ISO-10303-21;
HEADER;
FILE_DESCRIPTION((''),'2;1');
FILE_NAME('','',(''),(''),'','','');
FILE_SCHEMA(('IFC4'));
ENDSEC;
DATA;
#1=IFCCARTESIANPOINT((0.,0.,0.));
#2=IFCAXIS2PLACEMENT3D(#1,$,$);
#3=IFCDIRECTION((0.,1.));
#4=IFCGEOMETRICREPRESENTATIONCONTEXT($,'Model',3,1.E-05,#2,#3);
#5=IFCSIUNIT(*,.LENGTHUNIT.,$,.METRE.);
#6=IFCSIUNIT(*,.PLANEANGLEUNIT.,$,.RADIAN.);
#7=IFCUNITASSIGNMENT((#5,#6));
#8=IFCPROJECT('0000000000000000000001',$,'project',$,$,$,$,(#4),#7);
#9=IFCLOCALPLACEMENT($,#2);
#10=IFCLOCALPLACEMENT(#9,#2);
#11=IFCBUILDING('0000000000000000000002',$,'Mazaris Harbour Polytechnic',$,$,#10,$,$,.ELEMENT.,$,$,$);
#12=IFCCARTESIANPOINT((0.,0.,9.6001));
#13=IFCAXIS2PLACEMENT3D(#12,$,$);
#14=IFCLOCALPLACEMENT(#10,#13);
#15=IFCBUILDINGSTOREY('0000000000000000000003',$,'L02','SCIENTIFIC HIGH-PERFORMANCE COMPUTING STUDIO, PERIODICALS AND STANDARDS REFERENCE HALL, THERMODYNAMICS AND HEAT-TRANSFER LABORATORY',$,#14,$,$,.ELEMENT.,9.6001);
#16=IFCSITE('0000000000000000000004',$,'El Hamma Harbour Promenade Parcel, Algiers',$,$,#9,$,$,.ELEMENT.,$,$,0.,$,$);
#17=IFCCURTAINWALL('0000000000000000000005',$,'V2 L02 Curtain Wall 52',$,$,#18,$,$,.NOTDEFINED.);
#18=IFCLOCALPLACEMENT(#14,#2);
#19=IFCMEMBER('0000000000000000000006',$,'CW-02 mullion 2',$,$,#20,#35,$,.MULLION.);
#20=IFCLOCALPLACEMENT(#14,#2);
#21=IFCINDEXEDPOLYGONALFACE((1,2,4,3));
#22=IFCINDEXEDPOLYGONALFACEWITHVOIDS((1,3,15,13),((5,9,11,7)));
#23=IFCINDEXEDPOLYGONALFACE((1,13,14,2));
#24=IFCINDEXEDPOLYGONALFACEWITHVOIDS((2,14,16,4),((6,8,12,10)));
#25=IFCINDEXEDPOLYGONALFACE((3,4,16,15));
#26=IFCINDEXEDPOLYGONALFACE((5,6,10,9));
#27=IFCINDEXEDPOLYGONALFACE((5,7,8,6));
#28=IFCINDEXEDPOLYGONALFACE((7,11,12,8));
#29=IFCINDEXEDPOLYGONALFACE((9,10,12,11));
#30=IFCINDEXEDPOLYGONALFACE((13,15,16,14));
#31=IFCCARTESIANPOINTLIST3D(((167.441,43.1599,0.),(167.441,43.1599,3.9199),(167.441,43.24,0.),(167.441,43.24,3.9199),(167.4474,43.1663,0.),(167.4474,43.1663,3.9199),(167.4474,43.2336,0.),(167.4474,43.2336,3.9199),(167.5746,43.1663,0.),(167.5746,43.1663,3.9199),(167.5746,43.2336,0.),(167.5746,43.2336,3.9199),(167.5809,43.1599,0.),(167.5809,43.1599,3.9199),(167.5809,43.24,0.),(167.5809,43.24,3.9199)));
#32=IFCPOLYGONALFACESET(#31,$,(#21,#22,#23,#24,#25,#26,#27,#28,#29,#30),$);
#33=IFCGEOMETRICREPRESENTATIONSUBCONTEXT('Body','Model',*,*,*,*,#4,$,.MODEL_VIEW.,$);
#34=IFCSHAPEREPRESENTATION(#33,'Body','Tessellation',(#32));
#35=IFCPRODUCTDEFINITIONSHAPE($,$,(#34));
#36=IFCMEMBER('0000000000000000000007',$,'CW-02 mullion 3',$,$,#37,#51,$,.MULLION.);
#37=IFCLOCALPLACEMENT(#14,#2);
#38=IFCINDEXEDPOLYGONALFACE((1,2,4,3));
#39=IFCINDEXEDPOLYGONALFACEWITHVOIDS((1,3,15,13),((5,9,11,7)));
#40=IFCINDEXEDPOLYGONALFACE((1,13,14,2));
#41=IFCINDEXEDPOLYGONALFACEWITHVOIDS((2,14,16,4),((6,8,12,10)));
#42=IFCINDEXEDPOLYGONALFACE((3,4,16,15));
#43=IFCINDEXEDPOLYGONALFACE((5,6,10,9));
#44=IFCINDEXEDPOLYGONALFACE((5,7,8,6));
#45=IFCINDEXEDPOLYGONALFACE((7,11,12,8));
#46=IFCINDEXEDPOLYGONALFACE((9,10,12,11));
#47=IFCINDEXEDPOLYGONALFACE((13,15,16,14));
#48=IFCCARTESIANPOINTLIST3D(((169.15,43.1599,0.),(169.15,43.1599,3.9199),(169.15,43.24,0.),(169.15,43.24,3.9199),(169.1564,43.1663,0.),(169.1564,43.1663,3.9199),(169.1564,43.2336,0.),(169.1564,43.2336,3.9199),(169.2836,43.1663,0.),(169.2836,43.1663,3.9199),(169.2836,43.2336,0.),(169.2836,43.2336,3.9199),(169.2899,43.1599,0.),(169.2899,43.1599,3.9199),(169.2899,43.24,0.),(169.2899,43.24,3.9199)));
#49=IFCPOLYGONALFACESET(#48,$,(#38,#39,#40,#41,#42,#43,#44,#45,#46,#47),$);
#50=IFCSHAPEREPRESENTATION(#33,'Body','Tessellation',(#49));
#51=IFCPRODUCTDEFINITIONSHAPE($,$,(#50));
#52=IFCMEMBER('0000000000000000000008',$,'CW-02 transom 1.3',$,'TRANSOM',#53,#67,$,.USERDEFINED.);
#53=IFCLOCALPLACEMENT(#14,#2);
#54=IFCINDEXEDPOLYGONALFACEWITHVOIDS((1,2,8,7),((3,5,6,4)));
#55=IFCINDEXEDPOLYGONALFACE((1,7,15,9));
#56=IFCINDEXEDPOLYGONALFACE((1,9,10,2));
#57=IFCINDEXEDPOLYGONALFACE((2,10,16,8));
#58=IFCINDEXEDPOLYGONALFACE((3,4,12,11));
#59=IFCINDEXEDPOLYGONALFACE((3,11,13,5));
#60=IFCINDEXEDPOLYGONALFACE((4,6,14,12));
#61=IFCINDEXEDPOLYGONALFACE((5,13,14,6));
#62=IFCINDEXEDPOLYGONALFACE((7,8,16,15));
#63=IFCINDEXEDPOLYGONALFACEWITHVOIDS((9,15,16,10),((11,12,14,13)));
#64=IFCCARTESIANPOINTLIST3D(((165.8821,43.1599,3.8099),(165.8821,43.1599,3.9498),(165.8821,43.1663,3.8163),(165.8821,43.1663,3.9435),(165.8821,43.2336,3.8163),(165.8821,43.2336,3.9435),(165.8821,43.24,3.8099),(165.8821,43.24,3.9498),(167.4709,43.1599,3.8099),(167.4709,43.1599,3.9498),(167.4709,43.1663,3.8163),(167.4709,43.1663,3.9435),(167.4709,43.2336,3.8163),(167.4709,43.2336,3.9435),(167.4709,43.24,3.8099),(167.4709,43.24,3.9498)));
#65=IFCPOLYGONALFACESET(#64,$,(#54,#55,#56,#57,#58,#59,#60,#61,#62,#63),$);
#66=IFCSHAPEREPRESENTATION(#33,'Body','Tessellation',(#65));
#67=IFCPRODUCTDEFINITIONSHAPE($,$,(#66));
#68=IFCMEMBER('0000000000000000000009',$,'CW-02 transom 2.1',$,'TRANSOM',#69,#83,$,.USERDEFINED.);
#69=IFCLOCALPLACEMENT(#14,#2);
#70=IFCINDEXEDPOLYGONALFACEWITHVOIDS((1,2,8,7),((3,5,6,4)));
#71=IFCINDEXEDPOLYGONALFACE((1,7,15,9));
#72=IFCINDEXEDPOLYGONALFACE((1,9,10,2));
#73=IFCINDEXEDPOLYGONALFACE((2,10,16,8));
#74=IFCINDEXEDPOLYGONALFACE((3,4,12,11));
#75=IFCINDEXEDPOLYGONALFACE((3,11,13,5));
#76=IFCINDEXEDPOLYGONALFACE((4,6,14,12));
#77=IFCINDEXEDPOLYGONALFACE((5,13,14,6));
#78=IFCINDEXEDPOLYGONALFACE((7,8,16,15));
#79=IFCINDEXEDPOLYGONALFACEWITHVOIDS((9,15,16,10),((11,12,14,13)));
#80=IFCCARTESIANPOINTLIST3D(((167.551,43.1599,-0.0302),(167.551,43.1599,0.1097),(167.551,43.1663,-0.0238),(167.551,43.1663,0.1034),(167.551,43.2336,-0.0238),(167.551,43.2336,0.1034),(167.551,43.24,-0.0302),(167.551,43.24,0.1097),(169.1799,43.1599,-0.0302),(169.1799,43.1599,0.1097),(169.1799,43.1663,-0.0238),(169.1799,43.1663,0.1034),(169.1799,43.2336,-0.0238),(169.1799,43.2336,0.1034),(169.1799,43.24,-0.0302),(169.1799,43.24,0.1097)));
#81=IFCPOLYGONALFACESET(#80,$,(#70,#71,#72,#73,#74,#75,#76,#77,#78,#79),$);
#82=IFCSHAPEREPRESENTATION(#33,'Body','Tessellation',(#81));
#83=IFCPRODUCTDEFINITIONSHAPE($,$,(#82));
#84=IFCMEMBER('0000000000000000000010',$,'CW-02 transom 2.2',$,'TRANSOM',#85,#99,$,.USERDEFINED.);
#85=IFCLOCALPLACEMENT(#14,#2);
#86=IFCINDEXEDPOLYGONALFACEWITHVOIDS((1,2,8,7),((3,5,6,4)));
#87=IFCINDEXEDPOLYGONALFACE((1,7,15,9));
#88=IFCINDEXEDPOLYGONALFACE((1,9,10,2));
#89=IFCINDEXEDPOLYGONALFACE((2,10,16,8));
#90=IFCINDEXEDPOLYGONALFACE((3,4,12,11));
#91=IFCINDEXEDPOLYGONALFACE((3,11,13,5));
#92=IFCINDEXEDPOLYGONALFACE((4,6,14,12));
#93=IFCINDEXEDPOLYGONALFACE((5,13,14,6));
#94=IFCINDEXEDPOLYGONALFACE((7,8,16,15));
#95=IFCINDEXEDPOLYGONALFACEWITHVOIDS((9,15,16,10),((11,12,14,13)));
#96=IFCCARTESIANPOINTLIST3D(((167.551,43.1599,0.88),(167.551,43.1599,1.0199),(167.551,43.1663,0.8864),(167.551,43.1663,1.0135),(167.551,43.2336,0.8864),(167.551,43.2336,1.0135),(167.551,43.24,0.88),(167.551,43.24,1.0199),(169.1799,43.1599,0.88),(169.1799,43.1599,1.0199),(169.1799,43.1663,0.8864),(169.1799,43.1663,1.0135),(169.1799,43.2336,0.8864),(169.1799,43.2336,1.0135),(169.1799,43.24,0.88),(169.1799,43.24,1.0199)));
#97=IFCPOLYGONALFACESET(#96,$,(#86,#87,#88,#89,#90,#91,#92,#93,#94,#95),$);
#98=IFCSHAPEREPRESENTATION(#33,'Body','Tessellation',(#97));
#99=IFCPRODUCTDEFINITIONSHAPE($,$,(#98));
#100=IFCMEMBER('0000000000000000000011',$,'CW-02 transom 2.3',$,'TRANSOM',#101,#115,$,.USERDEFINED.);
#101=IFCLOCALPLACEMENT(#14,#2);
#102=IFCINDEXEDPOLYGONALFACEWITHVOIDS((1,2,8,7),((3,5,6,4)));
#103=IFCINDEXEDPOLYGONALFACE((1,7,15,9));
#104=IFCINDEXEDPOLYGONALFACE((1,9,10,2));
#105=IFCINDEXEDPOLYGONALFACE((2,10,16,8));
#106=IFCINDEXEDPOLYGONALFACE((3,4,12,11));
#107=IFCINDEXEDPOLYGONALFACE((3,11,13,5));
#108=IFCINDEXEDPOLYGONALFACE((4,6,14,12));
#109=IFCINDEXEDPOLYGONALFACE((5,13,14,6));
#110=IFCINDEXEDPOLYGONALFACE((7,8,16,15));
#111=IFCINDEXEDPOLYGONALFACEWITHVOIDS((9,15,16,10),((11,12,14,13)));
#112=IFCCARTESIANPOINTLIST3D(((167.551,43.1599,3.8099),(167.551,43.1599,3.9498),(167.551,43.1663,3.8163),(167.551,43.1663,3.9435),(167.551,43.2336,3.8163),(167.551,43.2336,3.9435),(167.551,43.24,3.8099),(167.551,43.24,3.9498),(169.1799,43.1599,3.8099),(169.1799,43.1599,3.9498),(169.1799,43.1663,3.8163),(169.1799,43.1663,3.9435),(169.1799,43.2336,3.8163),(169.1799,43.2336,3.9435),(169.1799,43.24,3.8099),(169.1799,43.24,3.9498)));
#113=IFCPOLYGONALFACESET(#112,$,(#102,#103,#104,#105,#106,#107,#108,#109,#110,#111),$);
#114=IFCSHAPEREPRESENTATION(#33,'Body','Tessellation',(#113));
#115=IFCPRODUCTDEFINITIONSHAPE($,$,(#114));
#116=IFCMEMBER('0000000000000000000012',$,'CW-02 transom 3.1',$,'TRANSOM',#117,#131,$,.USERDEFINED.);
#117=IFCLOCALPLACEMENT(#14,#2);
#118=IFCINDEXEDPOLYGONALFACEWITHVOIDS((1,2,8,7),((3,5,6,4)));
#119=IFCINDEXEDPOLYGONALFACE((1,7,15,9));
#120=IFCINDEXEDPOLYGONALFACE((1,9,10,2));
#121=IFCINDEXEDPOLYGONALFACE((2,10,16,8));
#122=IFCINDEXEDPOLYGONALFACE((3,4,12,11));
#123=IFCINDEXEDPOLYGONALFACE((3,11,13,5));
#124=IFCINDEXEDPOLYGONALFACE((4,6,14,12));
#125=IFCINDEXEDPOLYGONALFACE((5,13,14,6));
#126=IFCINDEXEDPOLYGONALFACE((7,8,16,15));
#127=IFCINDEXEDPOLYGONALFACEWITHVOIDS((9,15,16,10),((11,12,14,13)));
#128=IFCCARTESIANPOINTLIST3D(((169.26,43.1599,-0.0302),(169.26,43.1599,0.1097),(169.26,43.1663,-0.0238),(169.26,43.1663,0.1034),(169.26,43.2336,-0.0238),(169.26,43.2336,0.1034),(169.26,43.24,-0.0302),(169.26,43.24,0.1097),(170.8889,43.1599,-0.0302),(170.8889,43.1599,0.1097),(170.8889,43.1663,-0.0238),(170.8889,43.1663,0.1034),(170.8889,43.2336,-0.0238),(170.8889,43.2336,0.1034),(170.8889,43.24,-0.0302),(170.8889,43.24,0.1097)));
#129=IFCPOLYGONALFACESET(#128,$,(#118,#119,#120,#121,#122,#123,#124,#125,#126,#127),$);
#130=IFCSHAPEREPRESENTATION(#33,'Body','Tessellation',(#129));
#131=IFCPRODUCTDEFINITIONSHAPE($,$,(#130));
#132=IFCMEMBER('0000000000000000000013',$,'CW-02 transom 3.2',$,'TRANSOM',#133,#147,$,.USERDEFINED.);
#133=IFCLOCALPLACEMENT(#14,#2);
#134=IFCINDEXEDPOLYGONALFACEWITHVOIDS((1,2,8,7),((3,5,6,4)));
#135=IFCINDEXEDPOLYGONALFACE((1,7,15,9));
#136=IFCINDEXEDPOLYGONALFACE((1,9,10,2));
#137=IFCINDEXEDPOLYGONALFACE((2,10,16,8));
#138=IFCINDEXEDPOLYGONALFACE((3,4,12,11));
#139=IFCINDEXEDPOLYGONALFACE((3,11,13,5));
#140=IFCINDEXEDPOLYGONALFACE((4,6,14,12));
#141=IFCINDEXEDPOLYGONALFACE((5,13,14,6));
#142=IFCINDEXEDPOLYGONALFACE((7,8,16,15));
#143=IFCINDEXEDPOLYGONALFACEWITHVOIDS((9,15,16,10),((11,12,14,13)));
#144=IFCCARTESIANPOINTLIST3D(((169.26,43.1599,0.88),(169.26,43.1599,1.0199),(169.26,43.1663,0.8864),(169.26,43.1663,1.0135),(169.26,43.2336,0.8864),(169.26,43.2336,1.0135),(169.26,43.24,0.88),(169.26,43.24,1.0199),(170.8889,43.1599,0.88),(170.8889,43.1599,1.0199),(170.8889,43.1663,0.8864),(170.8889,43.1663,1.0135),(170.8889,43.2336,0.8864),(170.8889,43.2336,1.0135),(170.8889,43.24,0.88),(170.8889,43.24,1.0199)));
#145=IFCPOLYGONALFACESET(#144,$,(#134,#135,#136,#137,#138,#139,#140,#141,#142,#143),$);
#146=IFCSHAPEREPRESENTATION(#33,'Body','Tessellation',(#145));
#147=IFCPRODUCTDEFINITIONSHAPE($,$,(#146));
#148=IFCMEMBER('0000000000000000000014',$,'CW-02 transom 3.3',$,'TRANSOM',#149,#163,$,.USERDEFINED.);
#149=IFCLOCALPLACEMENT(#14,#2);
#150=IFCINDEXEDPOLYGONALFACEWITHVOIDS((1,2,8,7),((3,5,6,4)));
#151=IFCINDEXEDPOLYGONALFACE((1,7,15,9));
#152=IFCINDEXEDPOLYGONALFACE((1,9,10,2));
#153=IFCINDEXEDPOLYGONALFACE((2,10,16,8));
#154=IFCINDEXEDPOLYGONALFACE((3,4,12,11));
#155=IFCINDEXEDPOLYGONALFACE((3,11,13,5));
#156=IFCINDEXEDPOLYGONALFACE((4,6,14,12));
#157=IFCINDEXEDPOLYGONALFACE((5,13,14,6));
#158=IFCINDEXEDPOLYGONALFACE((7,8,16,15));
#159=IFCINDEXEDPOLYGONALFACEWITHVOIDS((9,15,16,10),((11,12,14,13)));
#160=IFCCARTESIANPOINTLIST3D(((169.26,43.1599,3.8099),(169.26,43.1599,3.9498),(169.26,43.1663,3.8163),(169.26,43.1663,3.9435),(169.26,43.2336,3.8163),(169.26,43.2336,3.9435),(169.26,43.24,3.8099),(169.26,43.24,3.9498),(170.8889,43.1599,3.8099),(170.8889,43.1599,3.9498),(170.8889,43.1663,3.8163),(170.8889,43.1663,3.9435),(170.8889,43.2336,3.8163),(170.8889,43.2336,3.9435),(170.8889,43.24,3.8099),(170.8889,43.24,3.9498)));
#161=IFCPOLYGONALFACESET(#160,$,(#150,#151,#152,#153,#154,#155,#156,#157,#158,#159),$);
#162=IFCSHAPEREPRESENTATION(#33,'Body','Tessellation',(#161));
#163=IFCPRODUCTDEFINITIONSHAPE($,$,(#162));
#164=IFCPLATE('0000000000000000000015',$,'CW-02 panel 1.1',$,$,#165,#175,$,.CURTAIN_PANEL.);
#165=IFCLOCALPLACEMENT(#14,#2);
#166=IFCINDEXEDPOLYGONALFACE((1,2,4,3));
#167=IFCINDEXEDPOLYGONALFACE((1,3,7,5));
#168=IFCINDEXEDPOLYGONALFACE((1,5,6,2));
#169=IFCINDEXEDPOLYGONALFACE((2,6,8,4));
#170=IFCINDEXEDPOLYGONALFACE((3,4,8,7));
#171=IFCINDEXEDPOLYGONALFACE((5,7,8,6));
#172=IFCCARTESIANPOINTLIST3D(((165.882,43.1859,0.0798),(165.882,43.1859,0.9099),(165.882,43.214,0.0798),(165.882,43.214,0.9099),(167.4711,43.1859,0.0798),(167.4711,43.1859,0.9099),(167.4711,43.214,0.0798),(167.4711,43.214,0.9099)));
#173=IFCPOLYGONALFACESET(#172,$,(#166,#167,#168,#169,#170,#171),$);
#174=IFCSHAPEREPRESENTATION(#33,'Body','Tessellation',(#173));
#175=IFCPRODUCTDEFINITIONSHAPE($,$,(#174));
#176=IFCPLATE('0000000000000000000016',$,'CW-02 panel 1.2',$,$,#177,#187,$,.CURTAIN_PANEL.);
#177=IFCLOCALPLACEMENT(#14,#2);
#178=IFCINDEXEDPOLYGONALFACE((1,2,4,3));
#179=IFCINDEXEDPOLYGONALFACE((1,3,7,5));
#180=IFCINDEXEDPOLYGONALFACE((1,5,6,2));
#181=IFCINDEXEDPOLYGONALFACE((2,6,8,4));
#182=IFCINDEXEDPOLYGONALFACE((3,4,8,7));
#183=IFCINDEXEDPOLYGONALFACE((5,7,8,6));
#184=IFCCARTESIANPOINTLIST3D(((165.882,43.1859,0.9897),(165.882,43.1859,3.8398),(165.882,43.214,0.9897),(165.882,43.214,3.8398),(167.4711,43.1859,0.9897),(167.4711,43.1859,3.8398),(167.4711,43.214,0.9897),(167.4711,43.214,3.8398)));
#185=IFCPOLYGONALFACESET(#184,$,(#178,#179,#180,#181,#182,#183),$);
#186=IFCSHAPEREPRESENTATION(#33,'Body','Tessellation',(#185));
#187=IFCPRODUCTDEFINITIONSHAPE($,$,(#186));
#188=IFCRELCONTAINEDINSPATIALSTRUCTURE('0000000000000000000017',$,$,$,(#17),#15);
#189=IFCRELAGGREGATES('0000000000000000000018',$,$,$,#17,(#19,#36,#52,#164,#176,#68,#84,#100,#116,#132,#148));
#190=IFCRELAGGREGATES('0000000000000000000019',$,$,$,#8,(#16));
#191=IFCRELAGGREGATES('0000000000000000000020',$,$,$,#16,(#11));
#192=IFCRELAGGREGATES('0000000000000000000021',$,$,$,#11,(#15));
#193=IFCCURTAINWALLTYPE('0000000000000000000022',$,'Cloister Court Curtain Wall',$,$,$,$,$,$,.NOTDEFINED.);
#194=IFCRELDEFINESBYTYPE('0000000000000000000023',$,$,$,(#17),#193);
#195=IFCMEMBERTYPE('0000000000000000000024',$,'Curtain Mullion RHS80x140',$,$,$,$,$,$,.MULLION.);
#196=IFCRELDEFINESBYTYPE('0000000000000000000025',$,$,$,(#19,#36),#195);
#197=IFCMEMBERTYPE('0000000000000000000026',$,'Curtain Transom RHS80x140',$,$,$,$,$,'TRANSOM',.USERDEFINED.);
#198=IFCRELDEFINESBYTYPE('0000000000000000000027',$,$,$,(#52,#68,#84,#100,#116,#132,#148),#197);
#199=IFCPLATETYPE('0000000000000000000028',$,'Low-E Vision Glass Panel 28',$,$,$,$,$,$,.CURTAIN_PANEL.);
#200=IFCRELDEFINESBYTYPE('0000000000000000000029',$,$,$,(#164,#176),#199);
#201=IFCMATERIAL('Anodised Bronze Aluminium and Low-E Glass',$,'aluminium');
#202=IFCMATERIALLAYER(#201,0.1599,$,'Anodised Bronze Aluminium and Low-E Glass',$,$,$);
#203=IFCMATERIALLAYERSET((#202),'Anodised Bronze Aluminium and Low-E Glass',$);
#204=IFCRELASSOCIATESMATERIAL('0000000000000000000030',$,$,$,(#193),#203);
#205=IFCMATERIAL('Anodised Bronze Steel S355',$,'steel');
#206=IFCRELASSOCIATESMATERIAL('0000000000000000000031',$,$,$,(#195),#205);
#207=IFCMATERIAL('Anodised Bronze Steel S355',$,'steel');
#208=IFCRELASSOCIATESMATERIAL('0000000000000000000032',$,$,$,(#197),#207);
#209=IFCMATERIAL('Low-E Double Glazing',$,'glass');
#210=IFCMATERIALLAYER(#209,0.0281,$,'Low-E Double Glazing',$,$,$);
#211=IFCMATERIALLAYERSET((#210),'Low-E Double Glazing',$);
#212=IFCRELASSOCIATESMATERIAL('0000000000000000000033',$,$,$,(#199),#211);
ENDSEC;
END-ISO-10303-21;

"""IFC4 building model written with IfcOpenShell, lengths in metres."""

from ifc_helpers import new_model, si_unit, direction, frame, origin, origin_2d, place, context, subcontext, project, spatial, rectangle, hollow_rectangle, extrude, material, layer, layer_set, material_profile, profile_set, type_object, element, aggregate, save


model = new_model("IFC4")

# Units and contexts
model_context = context("Model", 3, precision=1e-05, world=origin(), true_north=direction((0.0, 1.0)))
body_context = subcontext(model_context, "Body", "Model", "MODEL_VIEW")
ifc_project = project(units=[si_unit("LENGTHUNIT", "METRE"), si_unit("PLANEANGLEUNIT", "RADIAN")], contexts=[model_context])

# Site, building, storey
site_placement = place(None, origin())
site = spatial("IfcSite", under=ifc_project, at=site_placement, Name="El Hamma Harbour Promenade Parcel, Algiers", CompositionType="ELEMENT", RefElevation=0.0)
building_placement = place(site_placement, origin())
building = spatial("IfcBuilding", under=site, at=building_placement, Name="Mazaris Harbour Polytechnic", CompositionType="ELEMENT")
storey_placement = place(building_placement, frame((0.0, 0.0, 9.6001)))
storey = spatial("IfcBuildingStorey", under=building, at=storey_placement, Name="L02", Description="SCIENTIFIC HIGH-PERFORMANCE COMPUTING STUDIO, PERIODICALS AND STANDARDS REFERENCE HALL, THERMODYNAMICS AND HEAT-TRANSFER LABORATORY", CompositionType="ELEMENT", Elevation=9.6001)

# Curtain wall, members, plates
ifc_material_1 = material(Name="Anodised Bronze Aluminium and Low-E Glass", Category="aluminium")
ifc_layer_1 = layer(ifc_material_1, 0.1599, Name="Anodised Bronze Aluminium and Low-E Glass")
ifc_layer_set_1 = layer_set([ifc_layer_1], Name="Anodised Bronze Aluminium and Low-E Glass")
curtain_wall_type = type_object("IfcCurtainWallType", Name="Cloister Court Curtain Wall", PredefinedType="NOTDEFINED", material=ifc_layer_set_1)
curtain_wall_placement = place(storey_placement, origin())
curtain_wall = element("IfcCurtainWall", 1, at=curtain_wall_placement, inside=storey, type_object=curtain_wall_type, Name="V2 L02 Curtain Wall 52", PredefinedType="NOTDEFINED")
ifc_material_2 = material(Name="Anodised Bronze Steel S355", Category="steel")
ifc_material_profile_1 = material_profile(ifc_material_2, hollow_rectangle(XDim=0.0801, YDim=0.1399, WallThickness=0.0063, at=origin_2d()), Name="RHS 80x140x6.3")
ifc_profile_set_1 = profile_set([ifc_material_profile_1], Name="Anodised Bronze Steel S355")
member_type_1 = type_object("IfcMemberType", Name="Curtain Mullion RHS80x140", PredefinedType="MULLION", material=ifc_profile_set_1)
member_1_placement = place(storey_placement, frame((167.511, 43.2, 0.0), z_axis=(0.0, 0.0, 1.0), x_axis=(0.0, 1.0, 0.0)))
member_1 = element("IfcMember", 2, at=member_1_placement, type_object=member_type_1, Name="CW-02 mullion 2", PredefinedType="MULLION", context=body_context, shape_type="SweptSolid", body=[
    extrude(hollow_rectangle(XDim=0.0801, YDim=0.1399, WallThickness=0.0063, at=origin_2d()), origin(), (0.0, 0.0, 1.0), 3.9199),
])
member_2_placement = place(storey_placement, frame((169.22, 43.2, 0.0), z_axis=(0.0, 0.0, 1.0), x_axis=(0.0, 1.0, 0.0)))
member_2 = element("IfcMember", 3, at=member_2_placement, type_object=member_type_1, Name="CW-02 mullion 3", PredefinedType="MULLION", context=body_context, shape_type="SweptSolid", body=[
    extrude(hollow_rectangle(XDim=0.0801, YDim=0.1399, WallThickness=0.0063, at=origin_2d()), origin(), (0.0, 0.0, 1.0), 3.9199),
])
ifc_material_3 = material(Name="Anodised Bronze Steel S355", Category="steel")
ifc_material_profile_2 = material_profile(ifc_material_3, hollow_rectangle(XDim=0.0801, YDim=0.1399, WallThickness=0.0063, at=origin_2d()), Name="RHS 80x140x6.3")
ifc_profile_set_2 = profile_set([ifc_material_profile_2], Name="Anodised Bronze Steel S355")
member_type_2 = type_object("IfcMemberType", Name="Curtain Transom RHS80x140", ElementType="TRANSOM", PredefinedType="USERDEFINED", material=ifc_profile_set_2)
member_3_placement = place(storey_placement, frame((165.8821, 43.2, 3.8799), z_axis=(1.0, 0.0, 0.0), x_axis=(0.0, 1.0, 0.0)))
member_3 = element("IfcMember", 4, at=member_3_placement, type_object=member_type_2, Name="CW-02 transom 1.3", ObjectType="TRANSOM", PredefinedType="USERDEFINED", context=body_context, shape_type="SweptSolid", body=[
    extrude(hollow_rectangle(XDim=0.0801, YDim=0.1399, WallThickness=0.0063, at=origin_2d()), origin(), (0.0, 0.0, 1.0), 1.5889),
])
member_4_placement = place(storey_placement, frame((167.551, 43.2, 0.0398), z_axis=(1.0, 0.0, 0.0), x_axis=(0.0, 1.0, 0.0)))
member_4 = element("IfcMember", 5, at=member_4_placement, type_object=member_type_2, Name="CW-02 transom 2.1", ObjectType="TRANSOM", PredefinedType="USERDEFINED", context=body_context, shape_type="SweptSolid", body=[
    extrude(hollow_rectangle(XDim=0.0801, YDim=0.1399, WallThickness=0.0063, at=origin_2d()), origin(), (0.0, 0.0, 1.0), 1.6289),
])
member_5_placement = place(storey_placement, frame((167.551, 43.2, 0.95), z_axis=(1.0, 0.0, 0.0), x_axis=(0.0, 1.0, 0.0)))
member_5 = element("IfcMember", 6, at=member_5_placement, type_object=member_type_2, Name="CW-02 transom 2.2", ObjectType="TRANSOM", PredefinedType="USERDEFINED", context=body_context, shape_type="SweptSolid", body=[
    extrude(hollow_rectangle(XDim=0.0801, YDim=0.1399, WallThickness=0.0063, at=origin_2d()), origin(), (0.0, 0.0, 1.0), 1.6289),
])
member_6_placement = place(storey_placement, frame((167.551, 43.2, 3.8799), z_axis=(1.0, 0.0, 0.0), x_axis=(0.0, 1.0, 0.0)))
member_6 = element("IfcMember", 7, at=member_6_placement, type_object=member_type_2, Name="CW-02 transom 2.3", ObjectType="TRANSOM", PredefinedType="USERDEFINED", context=body_context, shape_type="SweptSolid", body=[
    extrude(hollow_rectangle(XDim=0.0801, YDim=0.1399, WallThickness=0.0063, at=origin_2d()), origin(), (0.0, 0.0, 1.0), 1.6289),
])
member_7_placement = place(storey_placement, frame((169.26, 43.2, 0.0398), z_axis=(1.0, 0.0, 0.0), x_axis=(0.0, 1.0, 0.0)))
member_7 = element("IfcMember", 8, at=member_7_placement, type_object=member_type_2, Name="CW-02 transom 3.1", ObjectType="TRANSOM", PredefinedType="USERDEFINED", context=body_context, shape_type="SweptSolid", body=[
    extrude(hollow_rectangle(XDim=0.0801, YDim=0.1399, WallThickness=0.0063, at=origin_2d()), origin(), (0.0, 0.0, 1.0), 1.6289),
])
member_8_placement = place(storey_placement, frame((169.26, 43.2, 0.95), z_axis=(1.0, 0.0, 0.0), x_axis=(0.0, 1.0, 0.0)))
member_8 = element("IfcMember", 9, at=member_8_placement, type_object=member_type_2, Name="CW-02 transom 3.2", ObjectType="TRANSOM", PredefinedType="USERDEFINED", context=body_context, shape_type="SweptSolid", body=[
    extrude(hollow_rectangle(XDim=0.0801, YDim=0.1399, WallThickness=0.0063, at=origin_2d()), origin(), (0.0, 0.0, 1.0), 1.6289),
])
member_9_placement = place(storey_placement, frame((169.26, 43.2, 3.8799), z_axis=(1.0, 0.0, 0.0), x_axis=(0.0, 1.0, 0.0)))
member_9 = element("IfcMember", 10, at=member_9_placement, type_object=member_type_2, Name="CW-02 transom 3.3", ObjectType="TRANSOM", PredefinedType="USERDEFINED", context=body_context, shape_type="SweptSolid", body=[
    extrude(hollow_rectangle(XDim=0.0801, YDim=0.1399, WallThickness=0.0063, at=origin_2d()), origin(), (0.0, 0.0, 1.0), 1.6289),
])
ifc_material_4 = material(Name="Low-E Double Glazing", Category="glass")
ifc_layer_2 = layer(ifc_material_4, 0.0281, Name="Low-E Double Glazing")
ifc_layer_set_2 = layer_set([ifc_layer_2], Name="Low-E Double Glazing")
plate_type = type_object("IfcPlateType", Name="Low-E Vision Glass Panel 28", PredefinedType="CURTAIN_PANEL", material=ifc_layer_set_2)
plate_1_placement = place(storey_placement, frame((166.6765, 43.2, 0.0798), z_axis=(0.0, 0.0, 1.0), x_axis=(1.0, 0.0, 0.0)))
plate_1 = element("IfcPlate", 11, at=plate_1_placement, type_object=plate_type, Name="CW-02 panel 1.1", PredefinedType="CURTAIN_PANEL", context=body_context, shape_type="SweptSolid", body=[
    extrude(rectangle(XDim=1.5891, YDim=0.0281, at=origin_2d()), origin(), (0.0, 0.0, 1.0), 0.8301),
])
plate_2_placement = place(storey_placement, frame((166.6765, 43.2, 0.9897), z_axis=(0.0, 0.0, 1.0), x_axis=(1.0, 0.0, 0.0)))
plate_2 = element("IfcPlate", 12, at=plate_2_placement, type_object=plate_type, Name="CW-02 panel 1.2", PredefinedType="CURTAIN_PANEL", context=body_context, shape_type="SweptSolid", body=[
    extrude(rectangle(XDim=1.5891, YDim=0.0281, at=origin_2d()), origin(), (0.0, 0.0, 1.0), 2.8501),
])
aggregate(curtain_wall, [member_1, member_2, member_3, plate_1, plate_2, member_4, member_5, member_6, member_7, member_8, member_9])

save(model, "model.ifc")
